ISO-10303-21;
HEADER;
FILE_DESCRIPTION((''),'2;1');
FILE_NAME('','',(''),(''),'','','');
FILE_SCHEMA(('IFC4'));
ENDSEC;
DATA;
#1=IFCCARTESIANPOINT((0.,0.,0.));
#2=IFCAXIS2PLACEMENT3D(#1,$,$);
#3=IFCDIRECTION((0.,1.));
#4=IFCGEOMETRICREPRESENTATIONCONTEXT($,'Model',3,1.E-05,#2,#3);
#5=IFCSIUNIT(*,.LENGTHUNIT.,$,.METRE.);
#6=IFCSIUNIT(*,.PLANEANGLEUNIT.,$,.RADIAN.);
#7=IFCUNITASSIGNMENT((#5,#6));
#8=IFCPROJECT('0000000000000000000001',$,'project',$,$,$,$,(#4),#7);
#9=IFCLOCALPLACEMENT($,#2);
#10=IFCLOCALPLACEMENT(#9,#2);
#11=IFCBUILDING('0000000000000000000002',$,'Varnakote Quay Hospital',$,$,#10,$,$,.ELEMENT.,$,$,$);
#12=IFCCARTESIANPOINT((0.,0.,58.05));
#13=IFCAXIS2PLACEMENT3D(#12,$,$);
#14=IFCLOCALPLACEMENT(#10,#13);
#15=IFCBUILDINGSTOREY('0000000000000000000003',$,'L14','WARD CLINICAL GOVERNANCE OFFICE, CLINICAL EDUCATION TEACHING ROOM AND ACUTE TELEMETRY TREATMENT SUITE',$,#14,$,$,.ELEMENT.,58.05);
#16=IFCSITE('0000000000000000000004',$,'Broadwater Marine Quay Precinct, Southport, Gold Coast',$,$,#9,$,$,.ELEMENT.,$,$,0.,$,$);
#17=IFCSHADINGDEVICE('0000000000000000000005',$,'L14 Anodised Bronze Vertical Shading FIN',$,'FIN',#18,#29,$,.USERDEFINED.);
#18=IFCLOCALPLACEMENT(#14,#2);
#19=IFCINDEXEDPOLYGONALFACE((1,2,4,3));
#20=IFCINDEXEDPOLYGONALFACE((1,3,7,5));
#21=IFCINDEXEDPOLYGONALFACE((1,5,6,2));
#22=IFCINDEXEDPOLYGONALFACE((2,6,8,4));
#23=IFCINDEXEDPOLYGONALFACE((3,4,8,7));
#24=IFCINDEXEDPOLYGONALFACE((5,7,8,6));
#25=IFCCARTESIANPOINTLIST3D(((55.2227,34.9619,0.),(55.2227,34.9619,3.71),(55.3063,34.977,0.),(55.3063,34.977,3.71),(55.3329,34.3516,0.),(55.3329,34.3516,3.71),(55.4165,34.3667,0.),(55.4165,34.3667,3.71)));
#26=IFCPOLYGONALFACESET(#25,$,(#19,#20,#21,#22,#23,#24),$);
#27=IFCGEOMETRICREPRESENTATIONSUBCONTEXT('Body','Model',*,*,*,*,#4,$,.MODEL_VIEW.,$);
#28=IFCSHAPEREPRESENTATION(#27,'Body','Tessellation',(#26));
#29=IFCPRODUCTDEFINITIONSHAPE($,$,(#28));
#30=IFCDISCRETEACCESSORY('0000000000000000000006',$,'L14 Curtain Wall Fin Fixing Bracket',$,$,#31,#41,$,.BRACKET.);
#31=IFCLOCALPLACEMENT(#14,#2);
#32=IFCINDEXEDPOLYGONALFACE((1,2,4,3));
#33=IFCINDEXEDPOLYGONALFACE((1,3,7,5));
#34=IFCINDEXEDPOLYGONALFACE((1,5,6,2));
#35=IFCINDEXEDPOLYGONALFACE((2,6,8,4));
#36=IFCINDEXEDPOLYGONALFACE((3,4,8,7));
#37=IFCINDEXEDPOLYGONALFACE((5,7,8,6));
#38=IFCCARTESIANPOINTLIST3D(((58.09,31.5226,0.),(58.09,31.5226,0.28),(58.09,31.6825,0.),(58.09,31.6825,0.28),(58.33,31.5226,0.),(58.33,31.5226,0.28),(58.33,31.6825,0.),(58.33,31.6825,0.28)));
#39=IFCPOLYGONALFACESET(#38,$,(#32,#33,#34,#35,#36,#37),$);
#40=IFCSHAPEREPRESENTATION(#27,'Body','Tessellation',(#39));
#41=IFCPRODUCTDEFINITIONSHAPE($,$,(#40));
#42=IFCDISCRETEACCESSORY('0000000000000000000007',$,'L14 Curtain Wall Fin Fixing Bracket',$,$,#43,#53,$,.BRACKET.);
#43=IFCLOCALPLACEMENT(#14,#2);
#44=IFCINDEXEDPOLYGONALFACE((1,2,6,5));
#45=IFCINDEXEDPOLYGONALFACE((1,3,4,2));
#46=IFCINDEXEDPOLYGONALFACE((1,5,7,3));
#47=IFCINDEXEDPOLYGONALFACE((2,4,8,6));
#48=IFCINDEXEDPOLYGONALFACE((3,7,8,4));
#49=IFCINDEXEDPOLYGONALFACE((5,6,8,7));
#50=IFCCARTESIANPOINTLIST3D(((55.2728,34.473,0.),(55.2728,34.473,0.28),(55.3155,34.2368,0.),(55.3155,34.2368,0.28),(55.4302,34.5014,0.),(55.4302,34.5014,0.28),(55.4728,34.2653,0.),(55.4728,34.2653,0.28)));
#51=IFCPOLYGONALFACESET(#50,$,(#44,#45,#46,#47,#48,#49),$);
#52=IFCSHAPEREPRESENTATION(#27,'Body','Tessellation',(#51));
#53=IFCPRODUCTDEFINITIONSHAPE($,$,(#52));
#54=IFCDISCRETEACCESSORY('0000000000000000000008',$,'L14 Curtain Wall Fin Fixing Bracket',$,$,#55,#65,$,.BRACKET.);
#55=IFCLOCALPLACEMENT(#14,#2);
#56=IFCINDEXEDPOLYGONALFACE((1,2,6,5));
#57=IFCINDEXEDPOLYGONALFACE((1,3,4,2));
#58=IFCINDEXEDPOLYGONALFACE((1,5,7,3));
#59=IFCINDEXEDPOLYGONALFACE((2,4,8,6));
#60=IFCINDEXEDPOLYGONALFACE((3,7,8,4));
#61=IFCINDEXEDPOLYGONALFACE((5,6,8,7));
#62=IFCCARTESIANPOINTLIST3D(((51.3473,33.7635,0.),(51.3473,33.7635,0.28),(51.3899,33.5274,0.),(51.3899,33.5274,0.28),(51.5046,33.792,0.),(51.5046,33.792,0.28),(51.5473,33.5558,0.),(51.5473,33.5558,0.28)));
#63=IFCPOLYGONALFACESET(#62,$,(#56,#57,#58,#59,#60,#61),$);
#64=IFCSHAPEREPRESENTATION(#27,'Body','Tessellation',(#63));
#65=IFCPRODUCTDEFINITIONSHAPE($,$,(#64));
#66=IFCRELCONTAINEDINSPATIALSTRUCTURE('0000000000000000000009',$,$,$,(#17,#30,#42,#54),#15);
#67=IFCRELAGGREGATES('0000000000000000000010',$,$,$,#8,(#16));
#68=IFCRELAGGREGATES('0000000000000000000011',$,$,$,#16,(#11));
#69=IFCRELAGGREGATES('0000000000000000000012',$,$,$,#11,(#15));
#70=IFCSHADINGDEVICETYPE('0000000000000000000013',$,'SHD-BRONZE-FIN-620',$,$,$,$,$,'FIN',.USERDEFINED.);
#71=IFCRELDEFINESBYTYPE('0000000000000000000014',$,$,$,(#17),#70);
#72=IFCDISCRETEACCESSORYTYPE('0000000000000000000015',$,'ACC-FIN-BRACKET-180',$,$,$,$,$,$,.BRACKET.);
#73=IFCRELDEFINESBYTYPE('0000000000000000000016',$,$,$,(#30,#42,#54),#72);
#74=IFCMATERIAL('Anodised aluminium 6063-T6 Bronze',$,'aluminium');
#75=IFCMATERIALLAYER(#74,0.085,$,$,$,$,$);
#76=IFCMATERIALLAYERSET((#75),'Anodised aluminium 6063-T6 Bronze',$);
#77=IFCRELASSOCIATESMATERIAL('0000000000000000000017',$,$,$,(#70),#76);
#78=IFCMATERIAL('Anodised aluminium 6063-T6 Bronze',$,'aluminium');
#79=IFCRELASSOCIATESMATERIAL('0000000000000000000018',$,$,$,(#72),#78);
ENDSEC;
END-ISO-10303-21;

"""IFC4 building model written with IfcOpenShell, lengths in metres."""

from ifc_helpers import new_model, si_unit, direction, frame, origin, origin_2d, place, context, subcontext, project, spatial, rectangle, extrude, material, layer, layer_set, type_object, element, save


model = new_model("IFC4")

# Units and contexts
model_context = context("Model", 3, precision=1e-05, world=origin(), true_north=direction((0.0, 1.0)))
body_context = subcontext(model_context, "Body", "Model", "MODEL_VIEW")
ifc_project = project(units=[si_unit("LENGTHUNIT", "METRE"), si_unit("PLANEANGLEUNIT", "RADIAN")], contexts=[model_context])

# Site, building, storey
site_placement = place(None, origin())
site = spatial("IfcSite", under=ifc_project, at=site_placement, Name="Broadwater Marine Quay Precinct, Southport, Gold Coast", CompositionType="ELEMENT", RefElevation=0.0)
building_placement = place(site_placement, origin())
building = spatial("IfcBuilding", under=site, at=building_placement, Name="Varnakote Quay Hospital", CompositionType="ELEMENT")
storey_placement = place(building_placement, frame((0.0, 0.0, 58.05)))
storey = spatial("IfcBuildingStorey", under=building, at=storey_placement, Name="L14", Description="WARD CLINICAL GOVERNANCE OFFICE, CLINICAL EDUCATION TEACHING ROOM AND ACUTE TELEMETRY TREATMENT SUITE", CompositionType="ELEMENT", Elevation=58.05)

# Shading device
ifc_material_1 = material(Name="Anodised aluminium 6063-T6 Bronze", Category="aluminium")
ifc_layer_1 = layer(ifc_material_1, 0.085)
ifc_layer_set_1 = layer_set([ifc_layer_1], Name="Anodised aluminium 6063-T6 Bronze")
shading_device_type = type_object("IfcShadingDeviceType", Name="SHD-BRONZE-FIN-620", ElementType="FIN", PredefinedType="USERDEFINED", material=ifc_layer_set_1)
for number, where, z_axis, x_axis, name in (
    (1, (55.3196, 34.6643, 0.0), (0.0, 0.0, 1.0), (0.177772, -0.984072, 0.0), "L14 Anodised Bronze Vertical Shading FIN"),
):
    element("IfcShadingDevice", number, at=place(storey_placement, frame(where, z_axis=z_axis, x_axis=x_axis)), inside=storey, type_object=shading_device_type, Name=name, ObjectType="FIN", PredefinedType="USERDEFINED", context=body_context, shape_type="SweptSolid", body=[
        extrude(rectangle(XDim=0.6201, YDim=0.085, at=origin_2d()), origin(), (0.0, 0.0, 1.0), 3.71),
    ])

# Discrete accessories
ifc_material_2 = material(Name="Anodised aluminium 6063-T6 Bronze", Category="aluminium")
discrete_accessory_type = type_object("IfcDiscreteAccessoryType", Name="ACC-FIN-BRACKET-180", PredefinedType="BRACKET", material=ifc_material_2)
for number, where, z_axis, x_axis, name in (
    (2, (58.21, 31.6025, 0.0), (0.0, 0.0, 1.0), (0.0, 1.0, 0.0), "L14 Curtain Wall Fin Fixing Bracket"),
    (3, (55.3728, 34.3691, 0.0), (0.0, 0.0, 1.0), (-0.984072, -0.177772, 0.0), "L14 Curtain Wall Fin Fixing Bracket"),
    (4, (51.4473, 33.6597, 0.0), (0.0, 0.0, 1.0), (-0.984072, -0.177772, 0.0), "L14 Curtain Wall Fin Fixing Bracket"),
):
    element("IfcDiscreteAccessory", number, at=place(storey_placement, frame(where, z_axis=z_axis, x_axis=x_axis)), inside=storey, type_object=discrete_accessory_type, Name=name, PredefinedType="BRACKET", context=body_context, shape_type="SweptSolid", body=[
        extrude(rectangle(XDim=0.1599, YDim=0.24, at=origin_2d()), origin(), (0.0, 0.0, 1.0), 0.28),
    ])

save(model, "model.ifc")
